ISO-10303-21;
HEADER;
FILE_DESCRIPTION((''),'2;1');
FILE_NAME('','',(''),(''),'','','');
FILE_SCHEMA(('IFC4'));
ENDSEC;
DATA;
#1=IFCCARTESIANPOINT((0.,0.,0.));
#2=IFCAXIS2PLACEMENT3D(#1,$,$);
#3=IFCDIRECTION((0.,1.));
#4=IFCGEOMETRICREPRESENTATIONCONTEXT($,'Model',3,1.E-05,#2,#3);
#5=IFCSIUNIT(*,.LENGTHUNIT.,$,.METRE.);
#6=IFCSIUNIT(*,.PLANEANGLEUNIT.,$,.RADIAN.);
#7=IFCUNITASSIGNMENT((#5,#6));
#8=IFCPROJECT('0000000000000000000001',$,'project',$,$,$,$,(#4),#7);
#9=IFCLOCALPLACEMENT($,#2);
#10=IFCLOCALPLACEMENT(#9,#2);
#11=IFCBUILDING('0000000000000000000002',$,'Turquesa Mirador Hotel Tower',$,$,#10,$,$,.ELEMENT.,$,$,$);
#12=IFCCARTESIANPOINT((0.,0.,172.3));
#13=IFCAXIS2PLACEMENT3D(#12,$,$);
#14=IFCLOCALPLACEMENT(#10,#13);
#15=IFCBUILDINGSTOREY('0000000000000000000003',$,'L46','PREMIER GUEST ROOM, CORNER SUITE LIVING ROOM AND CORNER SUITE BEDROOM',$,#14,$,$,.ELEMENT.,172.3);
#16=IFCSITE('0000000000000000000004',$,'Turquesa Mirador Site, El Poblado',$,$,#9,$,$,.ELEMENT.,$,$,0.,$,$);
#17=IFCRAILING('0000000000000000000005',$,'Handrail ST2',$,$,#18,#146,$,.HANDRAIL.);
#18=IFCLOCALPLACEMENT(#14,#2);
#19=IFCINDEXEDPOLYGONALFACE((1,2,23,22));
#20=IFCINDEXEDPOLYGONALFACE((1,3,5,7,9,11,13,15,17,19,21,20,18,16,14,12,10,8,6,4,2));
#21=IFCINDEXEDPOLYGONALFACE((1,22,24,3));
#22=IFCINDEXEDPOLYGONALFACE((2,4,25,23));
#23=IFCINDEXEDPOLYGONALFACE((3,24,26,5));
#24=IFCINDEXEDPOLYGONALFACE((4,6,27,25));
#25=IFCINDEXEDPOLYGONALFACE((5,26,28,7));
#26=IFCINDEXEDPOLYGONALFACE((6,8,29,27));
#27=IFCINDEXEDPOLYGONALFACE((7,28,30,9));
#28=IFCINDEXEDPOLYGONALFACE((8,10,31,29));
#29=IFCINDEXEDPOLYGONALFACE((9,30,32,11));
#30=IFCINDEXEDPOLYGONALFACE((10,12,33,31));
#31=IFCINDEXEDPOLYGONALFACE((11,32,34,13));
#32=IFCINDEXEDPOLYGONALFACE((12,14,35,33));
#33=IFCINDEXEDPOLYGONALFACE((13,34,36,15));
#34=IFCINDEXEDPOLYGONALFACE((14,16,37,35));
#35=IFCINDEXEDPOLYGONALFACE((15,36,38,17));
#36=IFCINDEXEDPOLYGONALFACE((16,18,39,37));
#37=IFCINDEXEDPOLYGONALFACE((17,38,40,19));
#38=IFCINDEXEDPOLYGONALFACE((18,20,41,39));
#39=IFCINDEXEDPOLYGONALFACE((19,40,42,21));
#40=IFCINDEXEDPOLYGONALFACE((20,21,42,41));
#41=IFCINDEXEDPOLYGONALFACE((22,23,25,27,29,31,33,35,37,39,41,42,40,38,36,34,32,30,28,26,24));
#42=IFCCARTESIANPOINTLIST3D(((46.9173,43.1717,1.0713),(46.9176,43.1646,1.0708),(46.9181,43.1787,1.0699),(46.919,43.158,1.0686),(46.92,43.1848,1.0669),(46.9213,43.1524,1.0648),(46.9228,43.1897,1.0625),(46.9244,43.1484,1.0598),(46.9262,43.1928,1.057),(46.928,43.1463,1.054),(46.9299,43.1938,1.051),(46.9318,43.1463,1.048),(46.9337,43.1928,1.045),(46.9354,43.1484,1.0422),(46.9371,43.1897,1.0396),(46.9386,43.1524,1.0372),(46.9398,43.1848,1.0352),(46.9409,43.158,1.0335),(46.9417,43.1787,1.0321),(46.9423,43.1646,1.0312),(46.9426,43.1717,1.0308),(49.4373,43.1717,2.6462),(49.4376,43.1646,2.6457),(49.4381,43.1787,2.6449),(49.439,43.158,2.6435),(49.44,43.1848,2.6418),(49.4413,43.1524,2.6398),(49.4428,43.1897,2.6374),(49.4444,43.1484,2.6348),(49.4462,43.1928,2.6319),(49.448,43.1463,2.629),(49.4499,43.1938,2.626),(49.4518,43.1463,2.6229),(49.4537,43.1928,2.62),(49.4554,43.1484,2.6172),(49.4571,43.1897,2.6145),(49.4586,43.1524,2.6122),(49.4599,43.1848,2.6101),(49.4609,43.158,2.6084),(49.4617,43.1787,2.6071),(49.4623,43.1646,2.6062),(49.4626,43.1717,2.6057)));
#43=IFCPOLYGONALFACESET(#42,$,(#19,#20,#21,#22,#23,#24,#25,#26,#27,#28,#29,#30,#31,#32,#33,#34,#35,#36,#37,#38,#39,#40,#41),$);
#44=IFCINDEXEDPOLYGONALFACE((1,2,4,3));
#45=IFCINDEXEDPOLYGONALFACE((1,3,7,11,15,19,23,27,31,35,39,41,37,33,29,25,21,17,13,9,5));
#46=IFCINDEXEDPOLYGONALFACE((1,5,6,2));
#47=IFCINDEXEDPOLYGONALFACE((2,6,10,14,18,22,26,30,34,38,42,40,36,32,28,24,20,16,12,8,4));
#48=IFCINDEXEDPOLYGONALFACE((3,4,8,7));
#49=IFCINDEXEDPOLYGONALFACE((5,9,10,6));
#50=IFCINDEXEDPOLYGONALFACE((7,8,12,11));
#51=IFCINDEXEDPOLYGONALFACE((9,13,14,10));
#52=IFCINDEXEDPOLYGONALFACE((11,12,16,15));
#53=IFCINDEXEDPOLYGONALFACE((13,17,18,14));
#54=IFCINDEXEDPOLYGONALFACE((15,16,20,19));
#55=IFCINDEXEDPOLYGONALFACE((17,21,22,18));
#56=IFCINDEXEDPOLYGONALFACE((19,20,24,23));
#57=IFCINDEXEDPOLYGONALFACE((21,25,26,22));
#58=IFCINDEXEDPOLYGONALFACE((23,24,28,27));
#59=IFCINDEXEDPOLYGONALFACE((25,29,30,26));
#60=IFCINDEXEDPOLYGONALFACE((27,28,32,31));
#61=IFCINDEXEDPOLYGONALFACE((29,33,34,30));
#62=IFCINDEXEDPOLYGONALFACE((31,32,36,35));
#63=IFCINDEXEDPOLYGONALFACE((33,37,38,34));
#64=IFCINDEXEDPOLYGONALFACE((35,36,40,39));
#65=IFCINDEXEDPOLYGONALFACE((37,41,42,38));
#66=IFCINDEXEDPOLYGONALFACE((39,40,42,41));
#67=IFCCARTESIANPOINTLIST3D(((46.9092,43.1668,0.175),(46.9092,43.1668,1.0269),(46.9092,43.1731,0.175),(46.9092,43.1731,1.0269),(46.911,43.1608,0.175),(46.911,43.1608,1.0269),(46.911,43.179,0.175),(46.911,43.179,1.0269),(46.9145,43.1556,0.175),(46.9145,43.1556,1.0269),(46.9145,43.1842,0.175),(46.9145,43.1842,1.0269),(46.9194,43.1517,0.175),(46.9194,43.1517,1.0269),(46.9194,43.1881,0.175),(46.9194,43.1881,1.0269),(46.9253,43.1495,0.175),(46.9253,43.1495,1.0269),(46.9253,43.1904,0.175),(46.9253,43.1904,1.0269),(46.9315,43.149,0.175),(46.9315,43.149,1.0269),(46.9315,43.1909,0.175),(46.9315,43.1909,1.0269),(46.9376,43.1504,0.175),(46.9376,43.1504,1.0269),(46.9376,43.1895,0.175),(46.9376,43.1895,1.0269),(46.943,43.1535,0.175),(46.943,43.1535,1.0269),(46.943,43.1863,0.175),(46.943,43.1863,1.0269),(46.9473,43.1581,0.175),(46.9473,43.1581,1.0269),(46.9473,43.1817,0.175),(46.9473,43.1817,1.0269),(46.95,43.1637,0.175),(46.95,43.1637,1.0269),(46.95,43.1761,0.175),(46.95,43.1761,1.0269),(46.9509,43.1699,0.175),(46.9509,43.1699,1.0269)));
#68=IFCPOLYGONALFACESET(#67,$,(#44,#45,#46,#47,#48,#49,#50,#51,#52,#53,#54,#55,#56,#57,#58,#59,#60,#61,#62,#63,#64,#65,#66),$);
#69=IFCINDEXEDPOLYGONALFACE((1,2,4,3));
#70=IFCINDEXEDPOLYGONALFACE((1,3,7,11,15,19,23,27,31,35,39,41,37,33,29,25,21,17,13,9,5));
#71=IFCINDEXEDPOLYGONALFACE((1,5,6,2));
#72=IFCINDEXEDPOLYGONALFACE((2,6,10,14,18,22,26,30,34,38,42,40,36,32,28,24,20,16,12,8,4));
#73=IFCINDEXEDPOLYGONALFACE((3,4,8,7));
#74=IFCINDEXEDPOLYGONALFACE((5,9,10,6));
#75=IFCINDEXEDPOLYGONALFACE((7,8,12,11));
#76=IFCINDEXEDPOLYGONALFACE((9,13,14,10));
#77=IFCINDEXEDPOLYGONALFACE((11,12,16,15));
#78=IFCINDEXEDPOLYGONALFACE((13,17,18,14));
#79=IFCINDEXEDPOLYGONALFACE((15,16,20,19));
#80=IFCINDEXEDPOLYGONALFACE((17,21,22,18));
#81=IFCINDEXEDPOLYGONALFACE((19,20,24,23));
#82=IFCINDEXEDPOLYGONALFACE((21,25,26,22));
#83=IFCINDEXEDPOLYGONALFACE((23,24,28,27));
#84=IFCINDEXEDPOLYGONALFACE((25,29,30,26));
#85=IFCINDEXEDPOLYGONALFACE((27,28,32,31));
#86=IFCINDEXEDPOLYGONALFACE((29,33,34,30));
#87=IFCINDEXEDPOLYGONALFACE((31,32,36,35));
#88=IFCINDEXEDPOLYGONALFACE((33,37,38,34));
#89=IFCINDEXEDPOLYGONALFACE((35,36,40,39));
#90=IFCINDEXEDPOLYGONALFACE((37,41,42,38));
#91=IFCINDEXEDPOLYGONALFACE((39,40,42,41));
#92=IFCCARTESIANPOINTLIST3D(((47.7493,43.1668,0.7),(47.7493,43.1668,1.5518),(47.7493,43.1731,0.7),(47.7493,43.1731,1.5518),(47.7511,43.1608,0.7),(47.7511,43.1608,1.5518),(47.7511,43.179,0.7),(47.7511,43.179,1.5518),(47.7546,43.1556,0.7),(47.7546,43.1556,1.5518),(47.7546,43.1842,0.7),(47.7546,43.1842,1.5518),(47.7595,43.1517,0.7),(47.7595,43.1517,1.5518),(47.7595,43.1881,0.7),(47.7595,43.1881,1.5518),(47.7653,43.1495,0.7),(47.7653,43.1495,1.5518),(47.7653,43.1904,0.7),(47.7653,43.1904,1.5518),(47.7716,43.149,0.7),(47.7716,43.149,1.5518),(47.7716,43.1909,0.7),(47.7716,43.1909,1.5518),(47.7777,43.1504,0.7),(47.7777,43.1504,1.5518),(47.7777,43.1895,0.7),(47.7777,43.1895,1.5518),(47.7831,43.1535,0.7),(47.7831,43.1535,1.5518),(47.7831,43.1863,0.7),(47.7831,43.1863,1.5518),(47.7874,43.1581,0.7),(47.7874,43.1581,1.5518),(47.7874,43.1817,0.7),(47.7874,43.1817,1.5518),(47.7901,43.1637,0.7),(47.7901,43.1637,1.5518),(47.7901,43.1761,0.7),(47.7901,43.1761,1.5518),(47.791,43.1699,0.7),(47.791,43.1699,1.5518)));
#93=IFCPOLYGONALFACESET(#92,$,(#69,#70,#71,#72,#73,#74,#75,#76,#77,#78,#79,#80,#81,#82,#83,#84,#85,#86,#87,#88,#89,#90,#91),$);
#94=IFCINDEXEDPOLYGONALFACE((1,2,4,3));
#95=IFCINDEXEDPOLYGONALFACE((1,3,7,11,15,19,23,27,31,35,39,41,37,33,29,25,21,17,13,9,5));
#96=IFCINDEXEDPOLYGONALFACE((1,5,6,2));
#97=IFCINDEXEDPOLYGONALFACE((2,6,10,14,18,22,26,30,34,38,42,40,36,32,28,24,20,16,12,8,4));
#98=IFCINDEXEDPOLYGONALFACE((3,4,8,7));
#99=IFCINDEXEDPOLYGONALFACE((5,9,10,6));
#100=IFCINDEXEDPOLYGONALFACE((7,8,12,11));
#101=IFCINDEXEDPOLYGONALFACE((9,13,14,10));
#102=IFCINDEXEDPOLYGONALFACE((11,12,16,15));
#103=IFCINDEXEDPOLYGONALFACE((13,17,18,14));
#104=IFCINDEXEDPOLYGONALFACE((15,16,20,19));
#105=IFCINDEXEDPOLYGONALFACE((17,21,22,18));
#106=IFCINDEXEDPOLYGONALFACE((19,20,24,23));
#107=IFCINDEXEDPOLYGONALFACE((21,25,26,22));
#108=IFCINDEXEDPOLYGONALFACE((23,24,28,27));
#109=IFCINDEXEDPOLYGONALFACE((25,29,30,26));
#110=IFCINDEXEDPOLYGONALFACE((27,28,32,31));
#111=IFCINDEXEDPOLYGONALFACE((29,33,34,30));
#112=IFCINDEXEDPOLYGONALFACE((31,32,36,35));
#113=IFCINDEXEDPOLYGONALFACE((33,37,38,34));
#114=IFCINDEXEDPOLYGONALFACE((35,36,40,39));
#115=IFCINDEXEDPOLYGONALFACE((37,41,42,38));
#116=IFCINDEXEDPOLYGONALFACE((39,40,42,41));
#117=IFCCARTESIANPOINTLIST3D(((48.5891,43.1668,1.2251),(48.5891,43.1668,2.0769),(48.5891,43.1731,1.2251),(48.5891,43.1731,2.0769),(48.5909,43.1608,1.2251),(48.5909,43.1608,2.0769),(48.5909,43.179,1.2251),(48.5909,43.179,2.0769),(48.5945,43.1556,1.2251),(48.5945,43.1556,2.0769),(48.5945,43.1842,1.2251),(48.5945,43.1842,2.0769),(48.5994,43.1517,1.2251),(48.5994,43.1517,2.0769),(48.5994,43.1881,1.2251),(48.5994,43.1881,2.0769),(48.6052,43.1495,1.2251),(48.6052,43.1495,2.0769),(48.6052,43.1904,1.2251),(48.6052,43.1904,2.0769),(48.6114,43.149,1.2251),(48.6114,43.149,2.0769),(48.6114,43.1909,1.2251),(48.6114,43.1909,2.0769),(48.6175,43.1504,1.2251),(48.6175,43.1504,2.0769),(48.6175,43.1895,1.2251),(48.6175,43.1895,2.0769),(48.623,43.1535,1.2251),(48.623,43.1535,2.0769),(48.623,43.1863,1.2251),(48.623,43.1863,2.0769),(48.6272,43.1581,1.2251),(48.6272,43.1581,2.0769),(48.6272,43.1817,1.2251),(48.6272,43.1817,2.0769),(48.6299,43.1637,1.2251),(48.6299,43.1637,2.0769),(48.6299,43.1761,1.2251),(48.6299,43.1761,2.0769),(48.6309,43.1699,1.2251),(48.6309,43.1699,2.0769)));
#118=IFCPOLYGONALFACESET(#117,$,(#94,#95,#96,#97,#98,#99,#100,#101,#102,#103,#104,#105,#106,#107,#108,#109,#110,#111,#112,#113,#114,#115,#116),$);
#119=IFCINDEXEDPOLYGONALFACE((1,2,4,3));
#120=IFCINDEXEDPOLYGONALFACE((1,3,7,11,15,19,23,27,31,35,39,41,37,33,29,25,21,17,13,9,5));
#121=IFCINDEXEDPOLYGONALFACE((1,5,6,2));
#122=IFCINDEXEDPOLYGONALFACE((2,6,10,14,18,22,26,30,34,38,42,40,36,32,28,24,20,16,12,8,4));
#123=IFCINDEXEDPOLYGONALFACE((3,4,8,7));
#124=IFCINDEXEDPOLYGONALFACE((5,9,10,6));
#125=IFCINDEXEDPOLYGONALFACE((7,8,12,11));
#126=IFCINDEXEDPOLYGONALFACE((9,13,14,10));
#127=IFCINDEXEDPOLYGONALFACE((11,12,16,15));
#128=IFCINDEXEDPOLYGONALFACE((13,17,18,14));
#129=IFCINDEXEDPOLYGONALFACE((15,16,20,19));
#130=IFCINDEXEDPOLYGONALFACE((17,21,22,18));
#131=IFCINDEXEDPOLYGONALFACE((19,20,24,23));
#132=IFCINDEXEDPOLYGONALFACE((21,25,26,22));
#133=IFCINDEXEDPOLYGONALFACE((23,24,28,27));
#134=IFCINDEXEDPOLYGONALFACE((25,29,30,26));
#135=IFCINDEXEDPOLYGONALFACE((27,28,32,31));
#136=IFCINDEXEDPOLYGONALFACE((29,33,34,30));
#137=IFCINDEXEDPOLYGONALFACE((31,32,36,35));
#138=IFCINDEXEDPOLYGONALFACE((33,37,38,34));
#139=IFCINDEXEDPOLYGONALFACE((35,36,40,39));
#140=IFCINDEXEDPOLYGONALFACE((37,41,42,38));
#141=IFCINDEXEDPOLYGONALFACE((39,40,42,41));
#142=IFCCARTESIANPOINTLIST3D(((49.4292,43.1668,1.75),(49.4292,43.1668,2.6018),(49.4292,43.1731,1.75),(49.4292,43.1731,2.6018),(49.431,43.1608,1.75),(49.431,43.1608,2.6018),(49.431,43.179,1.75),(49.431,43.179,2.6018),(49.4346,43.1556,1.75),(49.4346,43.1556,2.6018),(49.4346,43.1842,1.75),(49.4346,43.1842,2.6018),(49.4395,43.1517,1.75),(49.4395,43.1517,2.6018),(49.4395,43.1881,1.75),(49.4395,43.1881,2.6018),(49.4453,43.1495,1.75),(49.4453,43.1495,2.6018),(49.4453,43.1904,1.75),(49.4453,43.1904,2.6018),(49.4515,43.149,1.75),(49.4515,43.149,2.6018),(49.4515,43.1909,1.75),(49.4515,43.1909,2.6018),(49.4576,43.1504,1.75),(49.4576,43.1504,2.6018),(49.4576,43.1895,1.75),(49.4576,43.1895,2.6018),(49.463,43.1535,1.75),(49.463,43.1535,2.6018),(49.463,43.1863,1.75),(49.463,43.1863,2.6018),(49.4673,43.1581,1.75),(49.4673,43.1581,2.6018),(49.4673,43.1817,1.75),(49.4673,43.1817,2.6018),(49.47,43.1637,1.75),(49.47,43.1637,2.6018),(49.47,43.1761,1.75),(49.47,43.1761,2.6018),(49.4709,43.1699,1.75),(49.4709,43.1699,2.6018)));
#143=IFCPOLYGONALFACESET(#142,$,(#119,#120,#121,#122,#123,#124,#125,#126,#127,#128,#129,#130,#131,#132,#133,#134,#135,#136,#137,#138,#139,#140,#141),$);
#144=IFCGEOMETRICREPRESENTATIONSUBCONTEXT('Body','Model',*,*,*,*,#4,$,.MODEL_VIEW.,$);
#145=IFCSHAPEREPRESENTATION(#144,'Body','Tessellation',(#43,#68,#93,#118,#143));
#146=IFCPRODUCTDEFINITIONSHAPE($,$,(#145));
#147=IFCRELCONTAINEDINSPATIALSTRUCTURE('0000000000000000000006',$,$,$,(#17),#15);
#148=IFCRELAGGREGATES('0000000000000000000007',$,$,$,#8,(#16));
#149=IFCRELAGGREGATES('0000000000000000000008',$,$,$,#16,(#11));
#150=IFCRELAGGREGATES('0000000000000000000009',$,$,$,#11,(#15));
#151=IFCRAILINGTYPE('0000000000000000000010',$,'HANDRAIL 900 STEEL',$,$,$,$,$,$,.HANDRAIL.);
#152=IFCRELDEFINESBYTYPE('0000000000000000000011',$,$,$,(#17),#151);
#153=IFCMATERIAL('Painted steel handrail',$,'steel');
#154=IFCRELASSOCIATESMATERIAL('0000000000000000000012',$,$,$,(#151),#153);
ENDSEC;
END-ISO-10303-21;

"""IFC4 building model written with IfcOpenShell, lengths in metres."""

from ifc_helpers import new_model, si_unit, direction, frame, origin, origin_2d, place, context, subcontext, project, spatial, circle, extrude, material, type_object, element, save


model = new_model("IFC4")

# Units and contexts
model_context = context("Model", 3, precision=1e-05, world=origin(), true_north=direction((0.0, 1.0)))
body_context = subcontext(model_context, "Body", "Model", "MODEL_VIEW")
ifc_project = project(units=[si_unit("LENGTHUNIT", "METRE"), si_unit("PLANEANGLEUNIT", "RADIAN")], contexts=[model_context])

# Site, building, storey
site_placement = place(None, origin())
site = spatial("IfcSite", under=ifc_project, at=site_placement, Name="Turquesa Mirador Site, El Poblado", CompositionType="ELEMENT", RefElevation=0.0)
building_placement = place(site_placement, origin())
building = spatial("IfcBuilding", under=site, at=building_placement, Name="Turquesa Mirador Hotel Tower", CompositionType="ELEMENT")
storey_placement = place(building_placement, frame((0.0, 0.0, 172.3)))
storey = spatial("IfcBuildingStorey", under=building, at=storey_placement, Name="L46", Description="PREMIER GUEST ROOM, CORNER SUITE LIVING ROOM AND CORNER SUITE BEDROOM", CompositionType="ELEMENT", Elevation=172.3)

# Railing
ifc_material_1 = material(Name="Painted steel handrail", Category="steel")
railing_type = type_object("IfcRailingType", Name="HANDRAIL 900 STEEL", PredefinedType="HANDRAIL", material=ifc_material_1)
for number, where, name in (
    (1, (46.9299, 43.1699, 0.175), "Handrail ST2"),
):
    element("IfcRailing", number, at=place(storey_placement, frame(where)), inside=storey, type_object=railing_type, Name=name, PredefinedType="HANDRAIL", context=body_context, shape_type="SweptSolid", body=[
        extrude(circle(Radius=0.0239, at=origin_2d()), frame((0.0, 0.0, 0.876), z_axis=(0.848008, 0.0, 0.529984), x_axis=(0.0, 1.0, 0.0)), (0.0, 0.0, 1.0), 2.9717),
        extrude(circle(Radius=0.021, at=origin_2d()), origin(), (0.0, 0.0, 1.0), 0.8518),
        extrude(circle(Radius=0.021, at=origin_2d()), frame((0.8401, 0.0, 0.5249)), (0.0, 0.0, 1.0), 0.8518),
        extrude(circle(Radius=0.021, at=origin_2d()), frame((1.6799, 0.0, 1.05)), (0.0, 0.0, 1.0), 0.8518),
        extrude(circle(Radius=0.021, at=origin_2d()), frame((2.52, 0.0, 1.575)), (0.0, 0.0, 1.0), 0.8518),
    ])

save(model, "model.ifc")
